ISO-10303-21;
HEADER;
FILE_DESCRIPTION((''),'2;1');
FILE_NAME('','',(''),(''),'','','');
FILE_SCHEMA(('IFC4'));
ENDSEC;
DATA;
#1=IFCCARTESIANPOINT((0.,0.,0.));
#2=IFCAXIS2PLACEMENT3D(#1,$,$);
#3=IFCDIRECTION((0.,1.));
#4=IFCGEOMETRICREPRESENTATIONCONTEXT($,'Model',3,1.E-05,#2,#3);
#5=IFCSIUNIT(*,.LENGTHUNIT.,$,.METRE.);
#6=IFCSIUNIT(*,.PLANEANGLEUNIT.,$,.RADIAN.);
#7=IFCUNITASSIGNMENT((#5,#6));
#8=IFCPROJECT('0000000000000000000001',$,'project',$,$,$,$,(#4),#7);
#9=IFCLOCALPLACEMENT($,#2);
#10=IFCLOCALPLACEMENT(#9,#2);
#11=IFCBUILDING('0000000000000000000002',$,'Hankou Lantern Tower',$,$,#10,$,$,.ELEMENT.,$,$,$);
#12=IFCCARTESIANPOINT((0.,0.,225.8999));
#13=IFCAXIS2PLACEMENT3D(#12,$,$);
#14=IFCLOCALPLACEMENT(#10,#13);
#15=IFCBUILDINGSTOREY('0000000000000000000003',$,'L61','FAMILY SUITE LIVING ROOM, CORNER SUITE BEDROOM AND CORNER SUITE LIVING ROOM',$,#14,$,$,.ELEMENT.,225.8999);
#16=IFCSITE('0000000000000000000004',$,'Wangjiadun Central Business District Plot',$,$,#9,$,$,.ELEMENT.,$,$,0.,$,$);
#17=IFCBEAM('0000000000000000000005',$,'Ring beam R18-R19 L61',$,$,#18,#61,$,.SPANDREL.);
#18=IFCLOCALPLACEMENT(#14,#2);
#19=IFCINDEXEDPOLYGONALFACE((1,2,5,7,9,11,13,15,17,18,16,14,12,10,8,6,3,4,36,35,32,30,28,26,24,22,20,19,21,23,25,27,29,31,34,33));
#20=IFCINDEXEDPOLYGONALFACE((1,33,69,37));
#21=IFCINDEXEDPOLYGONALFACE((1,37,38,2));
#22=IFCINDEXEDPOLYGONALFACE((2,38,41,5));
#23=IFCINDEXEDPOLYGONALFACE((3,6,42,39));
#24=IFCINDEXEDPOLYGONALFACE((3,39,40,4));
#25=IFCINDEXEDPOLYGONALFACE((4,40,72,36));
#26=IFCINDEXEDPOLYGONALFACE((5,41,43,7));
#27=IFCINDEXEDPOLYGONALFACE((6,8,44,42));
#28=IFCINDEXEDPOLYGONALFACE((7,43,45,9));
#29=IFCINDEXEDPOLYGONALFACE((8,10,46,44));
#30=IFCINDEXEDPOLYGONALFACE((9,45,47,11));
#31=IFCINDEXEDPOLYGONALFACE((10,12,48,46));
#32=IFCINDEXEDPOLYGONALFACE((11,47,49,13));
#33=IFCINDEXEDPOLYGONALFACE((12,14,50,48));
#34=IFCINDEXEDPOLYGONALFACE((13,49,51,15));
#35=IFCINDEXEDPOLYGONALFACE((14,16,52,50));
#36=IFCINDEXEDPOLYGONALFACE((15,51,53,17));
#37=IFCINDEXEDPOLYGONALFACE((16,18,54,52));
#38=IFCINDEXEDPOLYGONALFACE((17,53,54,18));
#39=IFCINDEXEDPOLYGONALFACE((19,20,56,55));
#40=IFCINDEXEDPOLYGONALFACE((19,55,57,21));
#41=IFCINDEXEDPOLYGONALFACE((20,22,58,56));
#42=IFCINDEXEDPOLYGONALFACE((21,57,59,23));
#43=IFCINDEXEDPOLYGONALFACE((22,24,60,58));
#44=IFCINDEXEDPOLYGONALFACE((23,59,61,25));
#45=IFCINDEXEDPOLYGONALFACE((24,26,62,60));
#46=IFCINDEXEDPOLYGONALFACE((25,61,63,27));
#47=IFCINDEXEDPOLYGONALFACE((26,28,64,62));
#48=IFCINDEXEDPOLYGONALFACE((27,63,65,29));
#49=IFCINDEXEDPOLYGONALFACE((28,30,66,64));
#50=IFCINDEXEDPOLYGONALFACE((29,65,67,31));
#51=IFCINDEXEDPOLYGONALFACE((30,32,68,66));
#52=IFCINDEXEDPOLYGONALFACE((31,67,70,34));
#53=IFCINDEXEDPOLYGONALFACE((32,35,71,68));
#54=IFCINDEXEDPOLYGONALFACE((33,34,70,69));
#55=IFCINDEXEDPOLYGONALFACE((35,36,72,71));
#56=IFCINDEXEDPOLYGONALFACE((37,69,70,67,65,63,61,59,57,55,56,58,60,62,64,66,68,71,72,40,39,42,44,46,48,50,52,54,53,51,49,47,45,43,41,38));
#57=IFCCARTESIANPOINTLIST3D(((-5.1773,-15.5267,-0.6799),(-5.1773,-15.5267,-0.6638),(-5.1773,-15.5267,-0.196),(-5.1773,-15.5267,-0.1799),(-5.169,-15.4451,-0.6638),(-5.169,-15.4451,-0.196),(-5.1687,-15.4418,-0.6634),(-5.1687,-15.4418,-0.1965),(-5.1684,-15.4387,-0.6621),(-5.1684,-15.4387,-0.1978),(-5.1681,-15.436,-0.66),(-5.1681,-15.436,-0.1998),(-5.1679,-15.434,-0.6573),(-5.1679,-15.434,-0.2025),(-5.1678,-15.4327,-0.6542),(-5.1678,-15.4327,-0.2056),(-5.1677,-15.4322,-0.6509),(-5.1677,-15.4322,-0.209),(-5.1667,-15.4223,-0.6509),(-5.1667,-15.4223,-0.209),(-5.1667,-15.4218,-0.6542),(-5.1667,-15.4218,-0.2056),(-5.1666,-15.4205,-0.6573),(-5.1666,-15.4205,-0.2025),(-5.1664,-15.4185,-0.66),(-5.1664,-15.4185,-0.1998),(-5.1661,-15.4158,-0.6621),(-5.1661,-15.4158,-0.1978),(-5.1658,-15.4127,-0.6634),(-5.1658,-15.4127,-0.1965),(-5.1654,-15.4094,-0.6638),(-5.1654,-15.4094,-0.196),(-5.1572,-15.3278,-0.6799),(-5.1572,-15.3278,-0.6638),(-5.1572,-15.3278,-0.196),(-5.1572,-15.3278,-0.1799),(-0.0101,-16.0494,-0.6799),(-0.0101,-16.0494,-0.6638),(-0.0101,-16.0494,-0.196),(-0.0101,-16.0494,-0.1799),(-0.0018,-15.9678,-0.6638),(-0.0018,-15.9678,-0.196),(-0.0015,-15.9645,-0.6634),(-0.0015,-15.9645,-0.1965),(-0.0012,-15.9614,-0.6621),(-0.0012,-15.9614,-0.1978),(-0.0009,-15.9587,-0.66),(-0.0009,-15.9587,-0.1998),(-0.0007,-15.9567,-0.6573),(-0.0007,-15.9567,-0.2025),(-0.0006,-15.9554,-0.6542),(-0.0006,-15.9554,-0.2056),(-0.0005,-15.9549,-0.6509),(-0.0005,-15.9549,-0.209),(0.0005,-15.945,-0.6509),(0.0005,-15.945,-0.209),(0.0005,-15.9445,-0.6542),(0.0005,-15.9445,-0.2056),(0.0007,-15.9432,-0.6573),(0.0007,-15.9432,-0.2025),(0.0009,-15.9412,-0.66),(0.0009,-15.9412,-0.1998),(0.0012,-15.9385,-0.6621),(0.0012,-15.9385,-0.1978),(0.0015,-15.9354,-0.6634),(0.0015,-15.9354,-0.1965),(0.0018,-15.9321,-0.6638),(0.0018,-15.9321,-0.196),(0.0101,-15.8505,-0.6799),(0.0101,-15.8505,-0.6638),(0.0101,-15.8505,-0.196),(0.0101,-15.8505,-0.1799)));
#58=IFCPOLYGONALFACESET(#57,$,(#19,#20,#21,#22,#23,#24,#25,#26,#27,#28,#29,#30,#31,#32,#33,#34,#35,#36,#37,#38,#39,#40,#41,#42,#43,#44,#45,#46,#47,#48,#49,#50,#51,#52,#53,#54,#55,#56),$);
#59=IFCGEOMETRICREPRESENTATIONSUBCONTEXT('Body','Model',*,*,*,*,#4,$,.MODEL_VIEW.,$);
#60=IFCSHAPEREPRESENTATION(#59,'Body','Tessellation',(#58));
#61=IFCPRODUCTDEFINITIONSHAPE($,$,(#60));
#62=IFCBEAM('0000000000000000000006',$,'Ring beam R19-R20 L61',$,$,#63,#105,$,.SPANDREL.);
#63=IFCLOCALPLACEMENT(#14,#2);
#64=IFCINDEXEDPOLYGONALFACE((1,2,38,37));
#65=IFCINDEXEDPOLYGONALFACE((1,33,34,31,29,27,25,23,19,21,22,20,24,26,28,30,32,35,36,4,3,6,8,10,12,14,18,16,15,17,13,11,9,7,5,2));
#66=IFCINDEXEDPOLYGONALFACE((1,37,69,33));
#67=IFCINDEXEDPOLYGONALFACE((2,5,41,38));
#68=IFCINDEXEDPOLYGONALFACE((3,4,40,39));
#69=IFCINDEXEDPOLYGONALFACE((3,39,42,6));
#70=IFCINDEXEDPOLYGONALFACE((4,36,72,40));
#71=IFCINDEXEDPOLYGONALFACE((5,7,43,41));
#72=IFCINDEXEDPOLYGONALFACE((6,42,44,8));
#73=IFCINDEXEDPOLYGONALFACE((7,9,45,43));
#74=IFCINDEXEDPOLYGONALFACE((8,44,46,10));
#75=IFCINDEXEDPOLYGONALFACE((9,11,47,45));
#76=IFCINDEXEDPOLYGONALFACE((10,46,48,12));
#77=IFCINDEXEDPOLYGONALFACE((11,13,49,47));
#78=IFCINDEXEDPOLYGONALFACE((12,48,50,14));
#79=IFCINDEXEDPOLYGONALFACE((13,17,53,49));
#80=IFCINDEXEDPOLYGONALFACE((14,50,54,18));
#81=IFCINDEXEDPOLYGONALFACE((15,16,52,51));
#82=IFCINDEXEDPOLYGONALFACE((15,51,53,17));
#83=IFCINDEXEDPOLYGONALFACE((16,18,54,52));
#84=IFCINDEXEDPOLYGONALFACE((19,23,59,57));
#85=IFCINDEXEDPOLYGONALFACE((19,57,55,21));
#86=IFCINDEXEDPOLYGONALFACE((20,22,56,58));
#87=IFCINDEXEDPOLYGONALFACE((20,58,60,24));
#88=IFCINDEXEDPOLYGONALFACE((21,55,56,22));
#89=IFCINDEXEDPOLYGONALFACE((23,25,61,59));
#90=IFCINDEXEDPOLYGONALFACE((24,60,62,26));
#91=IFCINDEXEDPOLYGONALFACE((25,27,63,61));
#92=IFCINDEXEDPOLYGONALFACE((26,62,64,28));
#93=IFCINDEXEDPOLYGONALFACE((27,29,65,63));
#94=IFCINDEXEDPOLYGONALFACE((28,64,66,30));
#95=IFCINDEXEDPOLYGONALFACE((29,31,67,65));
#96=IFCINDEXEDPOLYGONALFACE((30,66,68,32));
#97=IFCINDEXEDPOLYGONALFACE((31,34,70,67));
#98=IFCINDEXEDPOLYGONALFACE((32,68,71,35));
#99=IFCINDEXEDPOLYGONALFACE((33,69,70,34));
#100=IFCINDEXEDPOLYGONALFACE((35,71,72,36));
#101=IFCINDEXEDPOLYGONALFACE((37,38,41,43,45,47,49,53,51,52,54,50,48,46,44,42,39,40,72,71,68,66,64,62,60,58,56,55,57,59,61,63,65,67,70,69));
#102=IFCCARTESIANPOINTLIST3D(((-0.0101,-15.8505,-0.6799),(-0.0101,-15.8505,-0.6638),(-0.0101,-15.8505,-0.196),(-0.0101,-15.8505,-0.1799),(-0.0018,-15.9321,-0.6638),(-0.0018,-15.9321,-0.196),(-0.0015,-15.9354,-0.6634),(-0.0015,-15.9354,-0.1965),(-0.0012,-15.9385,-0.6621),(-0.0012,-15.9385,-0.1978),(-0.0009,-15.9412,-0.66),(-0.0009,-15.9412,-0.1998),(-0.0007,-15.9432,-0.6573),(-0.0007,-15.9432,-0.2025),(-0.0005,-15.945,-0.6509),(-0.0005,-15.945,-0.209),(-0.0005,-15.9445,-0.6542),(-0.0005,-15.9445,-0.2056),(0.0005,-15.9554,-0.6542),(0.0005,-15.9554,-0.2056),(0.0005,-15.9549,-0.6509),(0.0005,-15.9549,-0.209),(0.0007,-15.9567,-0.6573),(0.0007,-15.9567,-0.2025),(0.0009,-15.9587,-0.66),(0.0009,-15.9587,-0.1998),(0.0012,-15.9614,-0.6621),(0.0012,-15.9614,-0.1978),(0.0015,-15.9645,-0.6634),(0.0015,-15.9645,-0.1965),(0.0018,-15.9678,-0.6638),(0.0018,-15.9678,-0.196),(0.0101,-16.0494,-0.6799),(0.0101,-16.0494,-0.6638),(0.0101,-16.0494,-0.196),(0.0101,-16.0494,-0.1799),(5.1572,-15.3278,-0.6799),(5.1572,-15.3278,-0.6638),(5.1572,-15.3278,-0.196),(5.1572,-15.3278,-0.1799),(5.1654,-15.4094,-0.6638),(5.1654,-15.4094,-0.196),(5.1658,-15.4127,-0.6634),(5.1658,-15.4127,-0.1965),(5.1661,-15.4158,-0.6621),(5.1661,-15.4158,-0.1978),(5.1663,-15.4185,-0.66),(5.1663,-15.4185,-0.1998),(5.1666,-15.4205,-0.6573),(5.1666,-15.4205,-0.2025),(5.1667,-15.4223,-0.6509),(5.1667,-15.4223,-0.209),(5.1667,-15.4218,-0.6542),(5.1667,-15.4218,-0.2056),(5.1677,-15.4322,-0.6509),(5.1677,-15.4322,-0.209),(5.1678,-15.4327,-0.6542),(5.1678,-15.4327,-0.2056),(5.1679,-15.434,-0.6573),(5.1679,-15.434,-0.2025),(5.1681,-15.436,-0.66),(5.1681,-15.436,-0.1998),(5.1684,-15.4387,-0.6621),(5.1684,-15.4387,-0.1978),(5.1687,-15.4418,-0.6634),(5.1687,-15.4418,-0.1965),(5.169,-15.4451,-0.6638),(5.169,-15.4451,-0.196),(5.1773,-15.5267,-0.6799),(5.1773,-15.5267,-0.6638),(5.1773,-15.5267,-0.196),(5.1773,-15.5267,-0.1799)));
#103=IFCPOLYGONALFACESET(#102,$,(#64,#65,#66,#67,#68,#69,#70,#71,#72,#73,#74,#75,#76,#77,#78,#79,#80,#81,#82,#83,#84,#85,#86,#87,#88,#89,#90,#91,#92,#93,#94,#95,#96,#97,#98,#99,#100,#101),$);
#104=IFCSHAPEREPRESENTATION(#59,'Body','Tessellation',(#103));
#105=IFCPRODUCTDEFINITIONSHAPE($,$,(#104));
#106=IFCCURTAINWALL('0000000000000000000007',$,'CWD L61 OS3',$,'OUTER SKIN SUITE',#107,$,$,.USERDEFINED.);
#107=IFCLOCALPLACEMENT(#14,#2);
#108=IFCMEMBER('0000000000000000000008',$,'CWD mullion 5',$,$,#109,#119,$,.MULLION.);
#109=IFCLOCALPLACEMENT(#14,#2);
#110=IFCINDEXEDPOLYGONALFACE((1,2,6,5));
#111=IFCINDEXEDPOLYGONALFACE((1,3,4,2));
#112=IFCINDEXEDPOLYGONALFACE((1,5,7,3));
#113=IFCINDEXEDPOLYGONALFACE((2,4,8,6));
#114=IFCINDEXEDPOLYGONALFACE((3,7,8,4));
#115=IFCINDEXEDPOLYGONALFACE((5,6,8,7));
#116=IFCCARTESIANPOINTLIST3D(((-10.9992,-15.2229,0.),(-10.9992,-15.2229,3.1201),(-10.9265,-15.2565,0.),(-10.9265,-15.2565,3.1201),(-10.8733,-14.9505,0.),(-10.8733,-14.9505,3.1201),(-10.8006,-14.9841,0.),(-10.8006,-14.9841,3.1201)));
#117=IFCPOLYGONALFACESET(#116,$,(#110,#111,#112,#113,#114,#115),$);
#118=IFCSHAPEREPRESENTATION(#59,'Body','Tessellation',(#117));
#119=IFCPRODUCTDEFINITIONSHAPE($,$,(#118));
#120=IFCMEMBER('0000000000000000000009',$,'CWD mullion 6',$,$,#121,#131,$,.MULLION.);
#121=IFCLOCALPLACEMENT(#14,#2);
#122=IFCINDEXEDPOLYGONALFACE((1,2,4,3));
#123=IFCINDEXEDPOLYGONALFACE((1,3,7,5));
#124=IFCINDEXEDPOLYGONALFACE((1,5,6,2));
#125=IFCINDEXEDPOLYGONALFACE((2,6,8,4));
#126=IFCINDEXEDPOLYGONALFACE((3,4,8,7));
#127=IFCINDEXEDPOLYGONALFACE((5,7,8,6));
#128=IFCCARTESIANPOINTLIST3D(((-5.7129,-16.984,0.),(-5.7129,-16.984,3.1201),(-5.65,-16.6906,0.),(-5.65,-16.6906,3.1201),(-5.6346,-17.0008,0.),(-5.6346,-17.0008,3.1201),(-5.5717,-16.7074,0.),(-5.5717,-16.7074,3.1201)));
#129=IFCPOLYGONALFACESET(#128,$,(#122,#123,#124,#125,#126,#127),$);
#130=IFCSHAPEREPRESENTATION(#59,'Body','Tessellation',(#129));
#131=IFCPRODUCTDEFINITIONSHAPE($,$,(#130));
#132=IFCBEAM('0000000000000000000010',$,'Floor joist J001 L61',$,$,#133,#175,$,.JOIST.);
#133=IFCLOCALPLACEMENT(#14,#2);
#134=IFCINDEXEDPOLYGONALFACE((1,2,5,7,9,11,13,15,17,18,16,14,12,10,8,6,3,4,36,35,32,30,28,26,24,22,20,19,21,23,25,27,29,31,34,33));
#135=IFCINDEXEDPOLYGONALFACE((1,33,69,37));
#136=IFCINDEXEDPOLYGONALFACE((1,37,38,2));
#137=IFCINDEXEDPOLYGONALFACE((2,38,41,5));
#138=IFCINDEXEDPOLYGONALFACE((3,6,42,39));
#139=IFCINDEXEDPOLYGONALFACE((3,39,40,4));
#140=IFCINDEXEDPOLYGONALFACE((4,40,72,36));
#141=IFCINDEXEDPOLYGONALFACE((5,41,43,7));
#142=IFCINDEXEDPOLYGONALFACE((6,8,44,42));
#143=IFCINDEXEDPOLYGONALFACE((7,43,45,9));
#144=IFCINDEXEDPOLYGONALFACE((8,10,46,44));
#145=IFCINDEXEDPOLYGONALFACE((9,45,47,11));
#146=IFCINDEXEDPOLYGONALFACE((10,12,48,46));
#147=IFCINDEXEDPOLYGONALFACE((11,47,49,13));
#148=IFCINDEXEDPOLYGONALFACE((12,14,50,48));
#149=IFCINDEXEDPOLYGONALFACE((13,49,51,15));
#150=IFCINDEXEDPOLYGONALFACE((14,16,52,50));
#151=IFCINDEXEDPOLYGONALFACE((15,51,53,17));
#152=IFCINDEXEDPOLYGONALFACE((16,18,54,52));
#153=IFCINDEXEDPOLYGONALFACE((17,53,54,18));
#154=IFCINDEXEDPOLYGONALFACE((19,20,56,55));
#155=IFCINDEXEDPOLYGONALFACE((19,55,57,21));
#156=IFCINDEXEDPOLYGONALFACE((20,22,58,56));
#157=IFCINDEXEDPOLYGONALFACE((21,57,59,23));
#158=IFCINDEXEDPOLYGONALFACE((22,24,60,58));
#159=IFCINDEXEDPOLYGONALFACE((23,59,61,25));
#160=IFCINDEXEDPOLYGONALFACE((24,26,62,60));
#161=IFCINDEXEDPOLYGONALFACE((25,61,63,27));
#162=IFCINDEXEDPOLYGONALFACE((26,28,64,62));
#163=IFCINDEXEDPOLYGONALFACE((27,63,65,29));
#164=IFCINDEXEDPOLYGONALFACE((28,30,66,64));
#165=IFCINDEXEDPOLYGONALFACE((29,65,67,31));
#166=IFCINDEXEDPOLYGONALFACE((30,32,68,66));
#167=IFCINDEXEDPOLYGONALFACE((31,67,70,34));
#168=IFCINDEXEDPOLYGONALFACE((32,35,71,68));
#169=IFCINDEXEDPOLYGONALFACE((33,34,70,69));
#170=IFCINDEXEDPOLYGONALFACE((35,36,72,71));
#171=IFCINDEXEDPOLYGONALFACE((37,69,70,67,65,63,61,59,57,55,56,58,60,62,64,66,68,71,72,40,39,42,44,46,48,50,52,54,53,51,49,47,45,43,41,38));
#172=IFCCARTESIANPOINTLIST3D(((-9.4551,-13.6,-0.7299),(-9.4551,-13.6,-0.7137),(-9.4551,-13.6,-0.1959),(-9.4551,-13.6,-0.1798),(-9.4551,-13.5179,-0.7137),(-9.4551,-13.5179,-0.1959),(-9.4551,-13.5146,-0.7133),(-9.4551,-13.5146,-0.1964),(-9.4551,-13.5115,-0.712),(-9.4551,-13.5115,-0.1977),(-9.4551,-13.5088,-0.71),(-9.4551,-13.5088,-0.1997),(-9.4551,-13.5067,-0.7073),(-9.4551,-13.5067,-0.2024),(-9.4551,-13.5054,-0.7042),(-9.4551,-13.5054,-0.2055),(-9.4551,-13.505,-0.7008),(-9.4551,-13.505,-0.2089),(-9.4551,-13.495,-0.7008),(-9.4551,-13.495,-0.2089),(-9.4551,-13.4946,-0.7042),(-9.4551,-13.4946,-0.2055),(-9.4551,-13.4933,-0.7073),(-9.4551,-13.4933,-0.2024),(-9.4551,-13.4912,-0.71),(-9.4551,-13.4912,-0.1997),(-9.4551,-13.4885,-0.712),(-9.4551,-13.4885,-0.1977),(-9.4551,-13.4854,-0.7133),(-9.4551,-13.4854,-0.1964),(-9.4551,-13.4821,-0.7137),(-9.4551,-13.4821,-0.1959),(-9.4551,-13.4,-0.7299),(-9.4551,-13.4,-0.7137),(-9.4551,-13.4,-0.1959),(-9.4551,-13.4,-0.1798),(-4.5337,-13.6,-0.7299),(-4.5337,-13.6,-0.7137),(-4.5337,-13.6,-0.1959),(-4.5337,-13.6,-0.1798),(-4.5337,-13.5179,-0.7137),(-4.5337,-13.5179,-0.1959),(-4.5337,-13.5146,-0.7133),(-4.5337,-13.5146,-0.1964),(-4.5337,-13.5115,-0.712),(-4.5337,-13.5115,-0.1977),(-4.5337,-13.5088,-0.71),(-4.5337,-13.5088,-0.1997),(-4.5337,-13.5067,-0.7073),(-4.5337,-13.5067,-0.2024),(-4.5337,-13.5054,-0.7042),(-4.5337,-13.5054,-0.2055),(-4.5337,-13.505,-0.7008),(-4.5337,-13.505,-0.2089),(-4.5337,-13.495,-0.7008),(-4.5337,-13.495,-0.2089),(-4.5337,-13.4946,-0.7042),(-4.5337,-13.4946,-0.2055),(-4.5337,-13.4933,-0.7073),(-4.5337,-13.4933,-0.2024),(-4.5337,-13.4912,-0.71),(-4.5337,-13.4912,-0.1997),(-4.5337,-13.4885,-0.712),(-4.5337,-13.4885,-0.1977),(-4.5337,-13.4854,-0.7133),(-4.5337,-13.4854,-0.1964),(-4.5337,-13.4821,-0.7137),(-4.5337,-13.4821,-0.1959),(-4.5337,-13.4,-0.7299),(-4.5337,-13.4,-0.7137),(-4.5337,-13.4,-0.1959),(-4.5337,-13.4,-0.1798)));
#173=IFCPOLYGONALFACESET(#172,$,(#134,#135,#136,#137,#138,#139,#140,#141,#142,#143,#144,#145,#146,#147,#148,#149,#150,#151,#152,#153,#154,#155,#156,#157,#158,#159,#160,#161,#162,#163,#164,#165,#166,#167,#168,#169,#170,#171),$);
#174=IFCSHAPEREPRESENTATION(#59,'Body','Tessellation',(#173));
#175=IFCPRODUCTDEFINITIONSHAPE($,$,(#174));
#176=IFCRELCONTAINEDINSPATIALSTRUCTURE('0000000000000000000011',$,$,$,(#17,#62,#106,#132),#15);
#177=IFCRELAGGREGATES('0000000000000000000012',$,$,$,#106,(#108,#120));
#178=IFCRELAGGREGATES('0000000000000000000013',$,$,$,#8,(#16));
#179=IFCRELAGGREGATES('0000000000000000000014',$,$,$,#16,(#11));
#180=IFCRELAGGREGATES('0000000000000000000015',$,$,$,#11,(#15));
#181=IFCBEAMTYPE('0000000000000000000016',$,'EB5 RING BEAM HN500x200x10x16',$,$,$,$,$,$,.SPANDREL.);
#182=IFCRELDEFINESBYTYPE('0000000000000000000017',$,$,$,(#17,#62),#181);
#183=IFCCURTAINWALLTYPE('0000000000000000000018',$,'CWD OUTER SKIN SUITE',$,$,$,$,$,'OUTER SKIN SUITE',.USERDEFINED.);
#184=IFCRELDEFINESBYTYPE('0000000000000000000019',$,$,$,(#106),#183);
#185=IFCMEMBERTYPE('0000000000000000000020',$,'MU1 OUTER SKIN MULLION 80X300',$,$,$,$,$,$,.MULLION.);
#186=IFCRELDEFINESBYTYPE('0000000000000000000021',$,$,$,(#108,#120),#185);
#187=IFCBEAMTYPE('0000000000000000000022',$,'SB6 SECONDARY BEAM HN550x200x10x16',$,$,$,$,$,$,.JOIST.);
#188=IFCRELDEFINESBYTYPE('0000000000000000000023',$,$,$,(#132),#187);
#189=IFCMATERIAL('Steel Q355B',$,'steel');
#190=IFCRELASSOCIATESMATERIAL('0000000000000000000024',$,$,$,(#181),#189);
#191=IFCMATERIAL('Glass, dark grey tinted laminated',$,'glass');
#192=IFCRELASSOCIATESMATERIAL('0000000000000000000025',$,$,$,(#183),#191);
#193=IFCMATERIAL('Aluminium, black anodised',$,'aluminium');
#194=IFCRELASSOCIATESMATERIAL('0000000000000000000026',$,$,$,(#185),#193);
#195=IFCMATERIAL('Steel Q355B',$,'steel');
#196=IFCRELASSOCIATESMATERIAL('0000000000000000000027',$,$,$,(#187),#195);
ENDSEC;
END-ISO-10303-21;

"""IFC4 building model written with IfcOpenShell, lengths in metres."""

from ifc_helpers import new_model, si_unit, direction, frame, origin, origin_2d, place, context, subcontext, project, spatial, rectangle, i_section, extrude, material, material_profile, profile_set, type_object, element, aggregate, save


model = new_model("IFC4")

# Units and contexts
model_context = context("Model", 3, precision=1e-05, world=origin(), true_north=direction((0.0, 1.0)))
body_context = subcontext(model_context, "Body", "Model", "MODEL_VIEW")
ifc_project = project(units=[si_unit("LENGTHUNIT", "METRE"), si_unit("PLANEANGLEUNIT", "RADIAN")], contexts=[model_context])

# Site, building, storey
site_placement = place(None, origin())
site = spatial("IfcSite", under=ifc_project, at=site_placement, Name="Wangjiadun Central Business District Plot", CompositionType="ELEMENT", RefElevation=0.0)
building_placement = place(site_placement, origin())
building = spatial("IfcBuilding", under=site, at=building_placement, Name="Hankou Lantern Tower", CompositionType="ELEMENT")
storey_placement = place(building_placement, frame((0.0, 0.0, 225.8999)))
storey = spatial("IfcBuildingStorey", under=building, at=storey_placement, Name="L61", Description="FAMILY SUITE LIVING ROOM, CORNER SUITE BEDROOM AND CORNER SUITE LIVING ROOM", CompositionType="ELEMENT", Elevation=225.8999)

# Beams
ifc_material_1 = material(Name="Steel Q355B", Category="steel")
ifc_material_profile_1 = material_profile(ifc_material_1, i_section(OverallWidth=0.2, OverallDepth=0.5, WebThickness=0.01, FlangeThickness=0.0161, FilletRadius=0.0129, at=origin_2d()), Name="HN500x200x10x16")
ifc_profile_set_1 = profile_set([ifc_material_profile_1], Name="Steel Q355B")
beam_type_1 = type_object("IfcBeamType", Name="EB5 RING BEAM HN500x200x10x16", PredefinedType="SPANDREL", material=ifc_profile_set_1)
for number, where, z_axis, x_axis, name in (
    (1, (-5.1672, -15.4272, -0.4299), (0.994923, -0.100644, 0.0), (0.100644, 0.994923, 0.0), "Ring beam R18-R19 L61"),
    (2, (0.0, -15.95, -0.4299), (0.994923, 0.100644, 0.0), (-0.100644, 0.994923, 0.0), "Ring beam R19-R20 L61"),
):
    element("IfcBeam", number, at=place(storey_placement, frame(where, z_axis=z_axis, x_axis=x_axis)), inside=storey, type_object=beam_type_1, Name=name, PredefinedType="SPANDREL", context=body_context, shape_type="SweptSolid", body=[
        extrude(i_section(OverallWidth=0.2, OverallDepth=0.5, WebThickness=0.01, FlangeThickness=0.0161, FilletRadius=0.0129, at=origin_2d()), origin(), (0.0, 0.0, 1.0), 5.1936),
    ])

# Curtain wall, members
ifc_material_2 = material(Name="Glass, dark grey tinted laminated", Category="glass")
curtain_wall_type = type_object("IfcCurtainWallType", Name="CWD OUTER SKIN SUITE", ElementType="OUTER SKIN SUITE", PredefinedType="USERDEFINED", material=ifc_material_2)
curtain_wall_placement = place(storey_placement, origin())
curtain_wall = element("IfcCurtainWall", 3, at=curtain_wall_placement, inside=storey, type_object=curtain_wall_type, Name="CWD L61 OS3", ObjectType="OUTER SKIN SUITE", PredefinedType="USERDEFINED")
ifc_material_3 = material(Name="Aluminium, black anodised", Category="aluminium")
ifc_material_profile_2 = material_profile(ifc_material_3, rectangle(XDim=0.0801, YDim=0.3, at=origin_2d()), Name="MU1 80X300")
ifc_profile_set_2 = profile_set([ifc_material_profile_2], Name="Aluminium, black anodised")
member_type_1 = type_object("IfcMemberType", Name="MU1 OUTER SKIN MULLION 80X300", PredefinedType="MULLION", material=ifc_profile_set_2)
member_1_placement = place(storey_placement, frame((-10.8999, -15.1035, 0.0), z_axis=(0.0, 0.0, 1.0), x_axis=(0.907841, -0.419314, 0.0)))
member_1 = element("IfcMember", 4, at=member_1_placement, type_object=member_type_1, Name="CWD mullion 5", PredefinedType="MULLION", context=body_context, shape_type="SweptSolid", body=[
    extrude(rectangle(XDim=0.0801, YDim=0.3, at=origin_2d()), origin(), (0.0, 0.0, 1.0), 3.1201),
])
member_2_placement = place(storey_placement, frame((-5.6423, -16.8457, 0.0), z_axis=(0.0, 0.0, 1.0), x_axis=(0.977788, -0.209598, 0.0)))
member_2 = element("IfcMember", 5, at=member_2_placement, type_object=member_type_1, Name="CWD mullion 6", PredefinedType="MULLION", context=body_context, shape_type="SweptSolid", body=[
    extrude(rectangle(XDim=0.0801, YDim=0.3, at=origin_2d()), origin(), (0.0, 0.0, 1.0), 3.1201),
])

# Beam
ifc_material_4 = material(Name="Steel Q355B", Category="steel")
ifc_material_profile_3 = material_profile(ifc_material_4, i_section(OverallWidth=0.2, OverallDepth=0.55, WebThickness=0.01, FlangeThickness=0.0161, FilletRadius=0.0129, at=origin_2d()), Name="HN550x200x10x16")
ifc_profile_set_3 = profile_set([ifc_material_profile_3], Name="Steel Q355B")
beam_type_2 = type_object("IfcBeamType", Name="SB6 SECONDARY BEAM HN550x200x10x16", PredefinedType="JOIST", material=ifc_profile_set_3)
beam_1_placement = place(storey_placement, frame((-9.4551, -13.5, -0.4548), z_axis=(1.0, 0.0, 0.0), x_axis=(0.0, 1.0, 0.0)))
element("IfcBeam", 6, at=beam_1_placement, inside=storey, type_object=beam_type_2, Name="Floor joist J001 L61", PredefinedType="JOIST", context=body_context, shape_type="SweptSolid", body=[
    extrude(i_section(OverallWidth=0.2, OverallDepth=0.55, WebThickness=0.01, FlangeThickness=0.0161, FilletRadius=0.0129, at=origin_2d()), origin(), (0.0, 0.0, 1.0), 4.9214),
])

aggregate(curtain_wall, [member_1, member_2])

save(model, "model.ifc")
